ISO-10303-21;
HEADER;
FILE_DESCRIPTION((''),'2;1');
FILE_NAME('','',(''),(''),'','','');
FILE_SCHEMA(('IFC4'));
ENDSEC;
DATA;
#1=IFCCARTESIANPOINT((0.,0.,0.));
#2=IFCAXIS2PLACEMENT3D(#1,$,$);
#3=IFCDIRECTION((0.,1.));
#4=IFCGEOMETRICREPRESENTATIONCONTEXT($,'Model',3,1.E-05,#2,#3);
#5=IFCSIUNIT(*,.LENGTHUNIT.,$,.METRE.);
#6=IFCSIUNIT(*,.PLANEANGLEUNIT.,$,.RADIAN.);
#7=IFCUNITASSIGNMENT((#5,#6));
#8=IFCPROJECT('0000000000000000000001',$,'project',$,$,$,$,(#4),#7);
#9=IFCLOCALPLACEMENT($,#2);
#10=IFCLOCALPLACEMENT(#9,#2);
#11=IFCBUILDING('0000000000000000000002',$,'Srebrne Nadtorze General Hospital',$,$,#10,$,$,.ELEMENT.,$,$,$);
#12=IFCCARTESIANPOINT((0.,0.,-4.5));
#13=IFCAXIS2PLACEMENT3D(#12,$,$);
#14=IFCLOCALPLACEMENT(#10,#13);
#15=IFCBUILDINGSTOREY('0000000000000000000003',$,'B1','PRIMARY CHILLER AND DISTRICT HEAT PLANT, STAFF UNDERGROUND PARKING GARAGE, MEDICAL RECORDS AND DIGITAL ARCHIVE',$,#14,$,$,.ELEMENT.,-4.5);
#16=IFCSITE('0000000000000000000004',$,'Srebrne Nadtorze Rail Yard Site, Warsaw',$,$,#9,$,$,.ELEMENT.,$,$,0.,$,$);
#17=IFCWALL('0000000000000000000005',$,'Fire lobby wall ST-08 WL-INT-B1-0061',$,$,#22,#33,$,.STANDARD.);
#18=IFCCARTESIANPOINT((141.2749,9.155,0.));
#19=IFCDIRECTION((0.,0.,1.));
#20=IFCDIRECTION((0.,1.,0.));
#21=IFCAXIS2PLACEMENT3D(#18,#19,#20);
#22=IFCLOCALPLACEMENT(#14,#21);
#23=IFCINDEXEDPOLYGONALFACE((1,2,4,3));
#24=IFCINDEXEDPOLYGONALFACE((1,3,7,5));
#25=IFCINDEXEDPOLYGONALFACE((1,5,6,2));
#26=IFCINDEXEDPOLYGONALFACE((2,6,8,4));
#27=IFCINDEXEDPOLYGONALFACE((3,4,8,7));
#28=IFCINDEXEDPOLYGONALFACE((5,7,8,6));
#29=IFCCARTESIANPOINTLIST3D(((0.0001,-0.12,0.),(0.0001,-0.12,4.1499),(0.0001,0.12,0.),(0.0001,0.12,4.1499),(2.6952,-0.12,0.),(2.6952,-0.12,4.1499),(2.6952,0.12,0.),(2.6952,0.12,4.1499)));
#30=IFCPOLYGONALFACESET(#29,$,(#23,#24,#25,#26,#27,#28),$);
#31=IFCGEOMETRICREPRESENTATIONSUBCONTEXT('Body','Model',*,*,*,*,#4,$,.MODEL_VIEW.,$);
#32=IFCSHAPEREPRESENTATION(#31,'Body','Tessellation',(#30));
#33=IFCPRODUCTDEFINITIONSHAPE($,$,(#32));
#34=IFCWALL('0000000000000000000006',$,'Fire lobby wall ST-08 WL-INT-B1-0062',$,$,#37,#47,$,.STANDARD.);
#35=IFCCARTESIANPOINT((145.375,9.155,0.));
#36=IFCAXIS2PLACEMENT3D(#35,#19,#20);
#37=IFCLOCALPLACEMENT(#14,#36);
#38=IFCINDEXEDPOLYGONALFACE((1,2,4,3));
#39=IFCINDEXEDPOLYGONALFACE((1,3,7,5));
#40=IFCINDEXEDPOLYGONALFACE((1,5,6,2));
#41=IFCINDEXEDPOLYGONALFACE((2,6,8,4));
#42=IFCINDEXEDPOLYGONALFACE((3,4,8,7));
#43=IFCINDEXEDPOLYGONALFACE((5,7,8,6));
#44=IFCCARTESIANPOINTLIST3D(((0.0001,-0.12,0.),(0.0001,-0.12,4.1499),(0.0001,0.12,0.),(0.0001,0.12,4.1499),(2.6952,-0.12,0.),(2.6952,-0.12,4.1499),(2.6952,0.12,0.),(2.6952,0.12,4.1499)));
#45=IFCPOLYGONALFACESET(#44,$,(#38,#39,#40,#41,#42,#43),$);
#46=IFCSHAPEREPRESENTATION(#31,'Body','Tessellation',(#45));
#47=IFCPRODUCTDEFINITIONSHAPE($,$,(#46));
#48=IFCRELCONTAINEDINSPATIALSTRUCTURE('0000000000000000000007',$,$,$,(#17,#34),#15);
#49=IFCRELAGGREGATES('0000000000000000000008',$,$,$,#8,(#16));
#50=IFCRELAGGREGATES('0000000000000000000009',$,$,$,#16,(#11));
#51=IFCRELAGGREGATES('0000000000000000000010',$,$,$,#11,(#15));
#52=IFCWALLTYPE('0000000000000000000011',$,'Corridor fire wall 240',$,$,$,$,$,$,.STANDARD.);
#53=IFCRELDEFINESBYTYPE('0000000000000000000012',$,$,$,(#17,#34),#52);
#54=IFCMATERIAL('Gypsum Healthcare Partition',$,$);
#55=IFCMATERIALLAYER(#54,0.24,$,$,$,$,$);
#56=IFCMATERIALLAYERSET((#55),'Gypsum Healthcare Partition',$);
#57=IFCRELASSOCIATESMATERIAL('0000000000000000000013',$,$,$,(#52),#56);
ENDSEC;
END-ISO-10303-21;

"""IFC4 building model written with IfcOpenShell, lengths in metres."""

from ifc_helpers import new_model, si_unit, direction, frame, frame_2d, origin, place, context, subcontext, project, spatial, rectangle, extrude, material, layer, layer_set, type_object, element, save


model = new_model("IFC4")

# Units and contexts
model_context = context("Model", 3, precision=1e-05, world=origin(), true_north=direction((0.0, 1.0)))
body_context = subcontext(model_context, "Body", "Model", "MODEL_VIEW")
ifc_project = project(units=[si_unit("LENGTHUNIT", "METRE"), si_unit("PLANEANGLEUNIT", "RADIAN")], contexts=[model_context])

# Site, building, storey
site_placement = place(None, origin())
site = spatial("IfcSite", under=ifc_project, at=site_placement, Name="Srebrne Nadtorze Rail Yard Site, Warsaw", CompositionType="ELEMENT", RefElevation=0.0)
building_placement = place(site_placement, origin())
building = spatial("IfcBuilding", under=site, at=building_placement, Name="Srebrne Nadtorze General Hospital", CompositionType="ELEMENT")
storey_placement = place(building_placement, frame((0.0, 0.0, -4.5)))
storey = spatial("IfcBuildingStorey", under=building, at=storey_placement, Name="B1", Description="PRIMARY CHILLER AND DISTRICT HEAT PLANT, STAFF UNDERGROUND PARKING GARAGE, MEDICAL RECORDS AND DIGITAL ARCHIVE", CompositionType="ELEMENT", Elevation=-4.5)

# Walls
ifc_material_1 = material(Name="Gypsum Healthcare Partition")
ifc_layer_1 = layer(ifc_material_1, 0.24)
ifc_layer_set_1 = layer_set([ifc_layer_1], Name="Gypsum Healthcare Partition")
wall_type_1 = type_object("IfcWallType", Name="Corridor fire wall 240", PredefinedType="STANDARD", material=ifc_layer_set_1)
for number, where, z_axis, x_axis, name in (
    (1, (141.2749, 9.155, 0.0), (0.0, 0.0, 1.0), (0.0, 1.0, 0.0), "Fire lobby wall ST-08 WL-INT-B1-0061"),
    (2, (145.375, 9.155, 0.0), (0.0, 0.0, 1.0), (0.0, 1.0, 0.0), "Fire lobby wall ST-08 WL-INT-B1-0062"),
):
    element("IfcWall", number, at=place(storey_placement, frame(where, z_axis=z_axis, x_axis=x_axis)), inside=storey, type_object=wall_type_1, Name=name, PredefinedType="STANDARD", context=body_context, shape_type="SweptSolid", body=[
        extrude(rectangle(XDim=2.6951, YDim=0.24, at=frame_2d((1.3477, 0.0))), origin(), (0.0, 0.0, 1.0), 4.1499),
    ])

save(model, "model.ifc")
